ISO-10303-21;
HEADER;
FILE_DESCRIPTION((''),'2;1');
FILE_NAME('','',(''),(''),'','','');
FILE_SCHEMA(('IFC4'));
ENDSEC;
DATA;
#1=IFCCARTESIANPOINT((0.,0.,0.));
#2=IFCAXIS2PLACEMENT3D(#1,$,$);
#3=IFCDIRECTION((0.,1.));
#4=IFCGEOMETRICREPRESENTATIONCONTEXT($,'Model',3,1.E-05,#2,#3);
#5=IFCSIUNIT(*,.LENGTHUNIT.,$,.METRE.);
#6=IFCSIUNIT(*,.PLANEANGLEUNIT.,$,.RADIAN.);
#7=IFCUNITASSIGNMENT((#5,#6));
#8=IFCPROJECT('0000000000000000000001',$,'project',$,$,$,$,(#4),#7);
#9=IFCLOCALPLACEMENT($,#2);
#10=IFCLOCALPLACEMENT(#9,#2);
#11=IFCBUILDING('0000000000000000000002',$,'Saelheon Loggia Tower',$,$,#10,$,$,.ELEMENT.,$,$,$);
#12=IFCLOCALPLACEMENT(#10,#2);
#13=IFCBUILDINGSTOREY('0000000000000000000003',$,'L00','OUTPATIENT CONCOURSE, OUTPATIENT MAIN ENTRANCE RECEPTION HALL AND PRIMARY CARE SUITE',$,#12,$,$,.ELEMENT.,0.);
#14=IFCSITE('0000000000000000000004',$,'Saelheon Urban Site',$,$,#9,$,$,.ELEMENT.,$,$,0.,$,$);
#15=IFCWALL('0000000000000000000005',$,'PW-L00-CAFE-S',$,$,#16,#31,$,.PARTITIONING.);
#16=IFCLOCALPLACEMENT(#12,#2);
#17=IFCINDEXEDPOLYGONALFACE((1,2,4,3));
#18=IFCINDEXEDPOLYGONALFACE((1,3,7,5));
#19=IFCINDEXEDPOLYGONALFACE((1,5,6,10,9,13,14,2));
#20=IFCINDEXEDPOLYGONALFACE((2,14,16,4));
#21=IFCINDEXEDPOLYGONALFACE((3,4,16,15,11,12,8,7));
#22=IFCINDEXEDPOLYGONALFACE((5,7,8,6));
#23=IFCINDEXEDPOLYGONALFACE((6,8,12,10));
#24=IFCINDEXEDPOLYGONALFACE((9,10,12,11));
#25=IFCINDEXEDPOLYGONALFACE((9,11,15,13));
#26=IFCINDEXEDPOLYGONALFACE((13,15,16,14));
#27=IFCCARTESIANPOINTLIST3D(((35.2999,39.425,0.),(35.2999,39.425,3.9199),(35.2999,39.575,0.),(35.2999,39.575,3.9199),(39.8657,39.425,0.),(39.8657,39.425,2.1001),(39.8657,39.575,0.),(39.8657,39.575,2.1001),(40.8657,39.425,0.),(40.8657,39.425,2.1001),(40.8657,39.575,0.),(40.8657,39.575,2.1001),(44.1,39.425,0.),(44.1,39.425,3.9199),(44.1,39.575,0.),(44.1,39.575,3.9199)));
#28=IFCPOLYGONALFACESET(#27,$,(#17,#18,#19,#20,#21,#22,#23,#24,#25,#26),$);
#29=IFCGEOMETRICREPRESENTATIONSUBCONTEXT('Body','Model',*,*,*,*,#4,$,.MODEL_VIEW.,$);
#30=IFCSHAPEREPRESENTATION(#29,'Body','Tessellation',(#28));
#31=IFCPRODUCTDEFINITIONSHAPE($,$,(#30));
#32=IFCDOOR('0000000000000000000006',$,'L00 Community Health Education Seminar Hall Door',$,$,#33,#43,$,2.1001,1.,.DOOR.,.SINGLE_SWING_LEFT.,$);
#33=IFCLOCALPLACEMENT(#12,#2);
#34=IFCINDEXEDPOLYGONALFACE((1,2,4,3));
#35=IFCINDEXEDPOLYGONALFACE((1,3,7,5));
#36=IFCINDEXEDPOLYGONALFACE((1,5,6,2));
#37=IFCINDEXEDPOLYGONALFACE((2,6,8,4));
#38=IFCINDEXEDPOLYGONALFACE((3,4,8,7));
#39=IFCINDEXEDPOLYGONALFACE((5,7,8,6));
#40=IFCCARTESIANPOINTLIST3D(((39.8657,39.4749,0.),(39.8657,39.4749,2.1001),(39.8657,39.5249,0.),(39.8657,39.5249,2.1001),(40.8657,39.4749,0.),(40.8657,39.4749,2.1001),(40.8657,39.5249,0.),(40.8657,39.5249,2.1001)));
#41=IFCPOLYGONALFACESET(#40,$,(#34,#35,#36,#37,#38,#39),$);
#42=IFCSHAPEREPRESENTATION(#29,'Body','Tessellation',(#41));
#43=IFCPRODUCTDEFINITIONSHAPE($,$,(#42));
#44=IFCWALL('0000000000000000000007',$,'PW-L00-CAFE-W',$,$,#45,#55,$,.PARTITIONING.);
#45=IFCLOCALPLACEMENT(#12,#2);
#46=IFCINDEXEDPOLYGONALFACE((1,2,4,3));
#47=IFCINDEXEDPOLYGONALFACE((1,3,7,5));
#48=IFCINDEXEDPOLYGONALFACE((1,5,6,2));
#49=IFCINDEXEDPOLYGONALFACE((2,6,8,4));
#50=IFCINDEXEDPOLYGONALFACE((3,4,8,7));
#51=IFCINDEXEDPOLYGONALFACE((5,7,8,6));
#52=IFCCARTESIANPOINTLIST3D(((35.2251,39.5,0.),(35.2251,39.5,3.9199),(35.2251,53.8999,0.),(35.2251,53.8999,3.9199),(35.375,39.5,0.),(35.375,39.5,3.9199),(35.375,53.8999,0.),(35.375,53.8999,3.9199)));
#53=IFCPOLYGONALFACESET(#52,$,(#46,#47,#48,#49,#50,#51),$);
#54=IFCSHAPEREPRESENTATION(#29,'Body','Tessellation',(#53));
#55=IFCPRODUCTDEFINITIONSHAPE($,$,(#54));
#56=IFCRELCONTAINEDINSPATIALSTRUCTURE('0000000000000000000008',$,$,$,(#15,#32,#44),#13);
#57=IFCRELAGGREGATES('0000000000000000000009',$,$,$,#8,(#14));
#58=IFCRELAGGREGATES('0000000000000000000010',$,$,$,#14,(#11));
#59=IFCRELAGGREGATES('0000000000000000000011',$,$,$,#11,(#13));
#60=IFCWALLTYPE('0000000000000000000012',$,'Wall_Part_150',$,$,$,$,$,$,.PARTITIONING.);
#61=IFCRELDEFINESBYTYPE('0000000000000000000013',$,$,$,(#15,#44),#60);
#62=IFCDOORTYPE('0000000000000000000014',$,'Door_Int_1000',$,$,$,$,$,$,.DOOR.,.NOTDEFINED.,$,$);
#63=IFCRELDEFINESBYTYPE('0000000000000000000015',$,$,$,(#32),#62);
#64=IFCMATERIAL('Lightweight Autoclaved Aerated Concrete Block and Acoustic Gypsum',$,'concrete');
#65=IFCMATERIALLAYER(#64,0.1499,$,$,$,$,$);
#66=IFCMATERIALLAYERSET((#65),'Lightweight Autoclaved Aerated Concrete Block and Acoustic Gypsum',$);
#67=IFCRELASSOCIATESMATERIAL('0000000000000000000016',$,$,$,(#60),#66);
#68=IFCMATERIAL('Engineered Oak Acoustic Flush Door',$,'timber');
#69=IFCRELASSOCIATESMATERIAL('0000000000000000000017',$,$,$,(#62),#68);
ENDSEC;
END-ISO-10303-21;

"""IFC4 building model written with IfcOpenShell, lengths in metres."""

from ifc_helpers import new_model, si_unit, direction, frame, frame_2d, origin, place, context, subcontext, project, spatial, rectangle, extrude, source, transform, mapped, material, layer, layer_set, type_object, element, fill, save


model = new_model("IFC4")

# Units and contexts
model_context = context("Model", 3, precision=1e-05, world=origin(), true_north=direction((0.0, 1.0)))
body_context = subcontext(model_context, "Body", "Model", "MODEL_VIEW")
ifc_project = project(units=[si_unit("LENGTHUNIT", "METRE"), si_unit("PLANEANGLEUNIT", "RADIAN")], contexts=[model_context])

# Site, building, storey
site_placement = place(None, origin())
site = spatial("IfcSite", under=ifc_project, at=site_placement, Name="Saelheon Urban Site", CompositionType="ELEMENT", RefElevation=0.0)
building_placement = place(site_placement, origin())
building = spatial("IfcBuilding", under=site, at=building_placement, Name="Saelheon Loggia Tower", CompositionType="ELEMENT")
storey_placement = place(building_placement, origin())
storey = spatial("IfcBuildingStorey", under=building, at=storey_placement, Name="L00", Description="OUTPATIENT CONCOURSE, OUTPATIENT MAIN ENTRANCE RECEPTION HALL AND PRIMARY CARE SUITE", CompositionType="ELEMENT", Elevation=0.0)

# Shared definitions
ifc_material_1 = material(Name="Lightweight Autoclaved Aerated Concrete Block and Acoustic Gypsum", Category="concrete")
ifc_layer_1 = layer(ifc_material_1, 0.1499)
ifc_layer_set_1 = layer_set([ifc_layer_1], Name="Lightweight Autoclaved Aerated Concrete Block and Acoustic Gypsum")
wall_type = type_object("IfcWallType", Name="Wall_Part_150", PredefinedType="PARTITIONING", material=ifc_layer_set_1)

# Wall, opening, door
wall_1_placement = place(storey_placement, frame((35.3, 39.5, 0.0), z_axis=(0.0, 0.0, 1.0), x_axis=(1.0, 0.0, 0.0)))
wall_1 = element("IfcWall", 1, at=wall_1_placement, inside=storey, type_object=wall_type, Name="PW-L00-CAFE-S", PredefinedType="PARTITIONING", context=body_context, shape_type="SweptSolid", body=[
    extrude(rectangle(XDim=8.8, YDim=0.1499, at=frame_2d((4.3999, 0.0))), origin(), (0.0, 0.0, 1.0), 3.9199),
])
opening_placement = place(wall_1_placement, frame((4.5657, 0.0, 0.0)))
opening = element("IfcOpeningElement", 2, at=opening_placement, cuts=wall_1, PredefinedType="OPENING", context=body_context, shape_type="SweptSolid", body=[
    extrude(rectangle(XDim=1.0, YDim=2.1001, at=frame_2d((0.5, 1.05))), frame((0.0, 0.0869, 0.0), z_axis=(0.0, -1.0, 0.0), x_axis=(1.0, 0.0, 0.0)), (0.0, 0.0, 1.0), 0.1738),
])
ifc_material_2 = material(Name="Engineered Oak Acoustic Flush Door", Category="timber")
door_type = type_object("IfcDoorType", Name="Door_Int_1000", OperationType="NOTDEFINED", PredefinedType="DOOR", material=ifc_material_2)
shared_shape_1 = source(origin(), body_context, "Body", "SweptSolid", [
    extrude(rectangle(XDim=1.0, YDim=2.1001, at=frame_2d((0.5, 1.05))), frame((0.0, 0.0249, 0.0), z_axis=(0.0, -1.0, 0.0), x_axis=(1.0, 0.0, 0.0)), (0.0, 0.0, 1.0), 0.05),
])
door_placement = place(opening_placement, origin())
door = element("IfcDoor", 3, at=door_placement, inside=storey, type_object=door_type, Name="L00 Community Health Education Seminar Hall Door", OperationType="SINGLE_SWING_LEFT", OverallHeight=2.1001, OverallWidth=1.0, PredefinedType="DOOR", context=body_context, shape_type="MappedRepresentation", body=[
    mapped(shared_shape_1, transform((0.0, 0.0, 0.0), scale=1.0)),
])
fill(opening, door)

# Wall
wall_2_placement = place(storey_placement, frame((35.3, 39.5, 0.0), z_axis=(0.0, 0.0, 1.0), x_axis=(0.0, 1.0, 0.0)))
element("IfcWall", 4, at=wall_2_placement, inside=storey, type_object=wall_type, Name="PW-L00-CAFE-W", PredefinedType="PARTITIONING", context=body_context, shape_type="SweptSolid", body=[
    extrude(rectangle(XDim=14.3999, YDim=0.1499, at=frame_2d((7.2, 0.0))), origin(), (0.0, 0.0, 1.0), 3.9199),
])

save(model, "model.ifc")
